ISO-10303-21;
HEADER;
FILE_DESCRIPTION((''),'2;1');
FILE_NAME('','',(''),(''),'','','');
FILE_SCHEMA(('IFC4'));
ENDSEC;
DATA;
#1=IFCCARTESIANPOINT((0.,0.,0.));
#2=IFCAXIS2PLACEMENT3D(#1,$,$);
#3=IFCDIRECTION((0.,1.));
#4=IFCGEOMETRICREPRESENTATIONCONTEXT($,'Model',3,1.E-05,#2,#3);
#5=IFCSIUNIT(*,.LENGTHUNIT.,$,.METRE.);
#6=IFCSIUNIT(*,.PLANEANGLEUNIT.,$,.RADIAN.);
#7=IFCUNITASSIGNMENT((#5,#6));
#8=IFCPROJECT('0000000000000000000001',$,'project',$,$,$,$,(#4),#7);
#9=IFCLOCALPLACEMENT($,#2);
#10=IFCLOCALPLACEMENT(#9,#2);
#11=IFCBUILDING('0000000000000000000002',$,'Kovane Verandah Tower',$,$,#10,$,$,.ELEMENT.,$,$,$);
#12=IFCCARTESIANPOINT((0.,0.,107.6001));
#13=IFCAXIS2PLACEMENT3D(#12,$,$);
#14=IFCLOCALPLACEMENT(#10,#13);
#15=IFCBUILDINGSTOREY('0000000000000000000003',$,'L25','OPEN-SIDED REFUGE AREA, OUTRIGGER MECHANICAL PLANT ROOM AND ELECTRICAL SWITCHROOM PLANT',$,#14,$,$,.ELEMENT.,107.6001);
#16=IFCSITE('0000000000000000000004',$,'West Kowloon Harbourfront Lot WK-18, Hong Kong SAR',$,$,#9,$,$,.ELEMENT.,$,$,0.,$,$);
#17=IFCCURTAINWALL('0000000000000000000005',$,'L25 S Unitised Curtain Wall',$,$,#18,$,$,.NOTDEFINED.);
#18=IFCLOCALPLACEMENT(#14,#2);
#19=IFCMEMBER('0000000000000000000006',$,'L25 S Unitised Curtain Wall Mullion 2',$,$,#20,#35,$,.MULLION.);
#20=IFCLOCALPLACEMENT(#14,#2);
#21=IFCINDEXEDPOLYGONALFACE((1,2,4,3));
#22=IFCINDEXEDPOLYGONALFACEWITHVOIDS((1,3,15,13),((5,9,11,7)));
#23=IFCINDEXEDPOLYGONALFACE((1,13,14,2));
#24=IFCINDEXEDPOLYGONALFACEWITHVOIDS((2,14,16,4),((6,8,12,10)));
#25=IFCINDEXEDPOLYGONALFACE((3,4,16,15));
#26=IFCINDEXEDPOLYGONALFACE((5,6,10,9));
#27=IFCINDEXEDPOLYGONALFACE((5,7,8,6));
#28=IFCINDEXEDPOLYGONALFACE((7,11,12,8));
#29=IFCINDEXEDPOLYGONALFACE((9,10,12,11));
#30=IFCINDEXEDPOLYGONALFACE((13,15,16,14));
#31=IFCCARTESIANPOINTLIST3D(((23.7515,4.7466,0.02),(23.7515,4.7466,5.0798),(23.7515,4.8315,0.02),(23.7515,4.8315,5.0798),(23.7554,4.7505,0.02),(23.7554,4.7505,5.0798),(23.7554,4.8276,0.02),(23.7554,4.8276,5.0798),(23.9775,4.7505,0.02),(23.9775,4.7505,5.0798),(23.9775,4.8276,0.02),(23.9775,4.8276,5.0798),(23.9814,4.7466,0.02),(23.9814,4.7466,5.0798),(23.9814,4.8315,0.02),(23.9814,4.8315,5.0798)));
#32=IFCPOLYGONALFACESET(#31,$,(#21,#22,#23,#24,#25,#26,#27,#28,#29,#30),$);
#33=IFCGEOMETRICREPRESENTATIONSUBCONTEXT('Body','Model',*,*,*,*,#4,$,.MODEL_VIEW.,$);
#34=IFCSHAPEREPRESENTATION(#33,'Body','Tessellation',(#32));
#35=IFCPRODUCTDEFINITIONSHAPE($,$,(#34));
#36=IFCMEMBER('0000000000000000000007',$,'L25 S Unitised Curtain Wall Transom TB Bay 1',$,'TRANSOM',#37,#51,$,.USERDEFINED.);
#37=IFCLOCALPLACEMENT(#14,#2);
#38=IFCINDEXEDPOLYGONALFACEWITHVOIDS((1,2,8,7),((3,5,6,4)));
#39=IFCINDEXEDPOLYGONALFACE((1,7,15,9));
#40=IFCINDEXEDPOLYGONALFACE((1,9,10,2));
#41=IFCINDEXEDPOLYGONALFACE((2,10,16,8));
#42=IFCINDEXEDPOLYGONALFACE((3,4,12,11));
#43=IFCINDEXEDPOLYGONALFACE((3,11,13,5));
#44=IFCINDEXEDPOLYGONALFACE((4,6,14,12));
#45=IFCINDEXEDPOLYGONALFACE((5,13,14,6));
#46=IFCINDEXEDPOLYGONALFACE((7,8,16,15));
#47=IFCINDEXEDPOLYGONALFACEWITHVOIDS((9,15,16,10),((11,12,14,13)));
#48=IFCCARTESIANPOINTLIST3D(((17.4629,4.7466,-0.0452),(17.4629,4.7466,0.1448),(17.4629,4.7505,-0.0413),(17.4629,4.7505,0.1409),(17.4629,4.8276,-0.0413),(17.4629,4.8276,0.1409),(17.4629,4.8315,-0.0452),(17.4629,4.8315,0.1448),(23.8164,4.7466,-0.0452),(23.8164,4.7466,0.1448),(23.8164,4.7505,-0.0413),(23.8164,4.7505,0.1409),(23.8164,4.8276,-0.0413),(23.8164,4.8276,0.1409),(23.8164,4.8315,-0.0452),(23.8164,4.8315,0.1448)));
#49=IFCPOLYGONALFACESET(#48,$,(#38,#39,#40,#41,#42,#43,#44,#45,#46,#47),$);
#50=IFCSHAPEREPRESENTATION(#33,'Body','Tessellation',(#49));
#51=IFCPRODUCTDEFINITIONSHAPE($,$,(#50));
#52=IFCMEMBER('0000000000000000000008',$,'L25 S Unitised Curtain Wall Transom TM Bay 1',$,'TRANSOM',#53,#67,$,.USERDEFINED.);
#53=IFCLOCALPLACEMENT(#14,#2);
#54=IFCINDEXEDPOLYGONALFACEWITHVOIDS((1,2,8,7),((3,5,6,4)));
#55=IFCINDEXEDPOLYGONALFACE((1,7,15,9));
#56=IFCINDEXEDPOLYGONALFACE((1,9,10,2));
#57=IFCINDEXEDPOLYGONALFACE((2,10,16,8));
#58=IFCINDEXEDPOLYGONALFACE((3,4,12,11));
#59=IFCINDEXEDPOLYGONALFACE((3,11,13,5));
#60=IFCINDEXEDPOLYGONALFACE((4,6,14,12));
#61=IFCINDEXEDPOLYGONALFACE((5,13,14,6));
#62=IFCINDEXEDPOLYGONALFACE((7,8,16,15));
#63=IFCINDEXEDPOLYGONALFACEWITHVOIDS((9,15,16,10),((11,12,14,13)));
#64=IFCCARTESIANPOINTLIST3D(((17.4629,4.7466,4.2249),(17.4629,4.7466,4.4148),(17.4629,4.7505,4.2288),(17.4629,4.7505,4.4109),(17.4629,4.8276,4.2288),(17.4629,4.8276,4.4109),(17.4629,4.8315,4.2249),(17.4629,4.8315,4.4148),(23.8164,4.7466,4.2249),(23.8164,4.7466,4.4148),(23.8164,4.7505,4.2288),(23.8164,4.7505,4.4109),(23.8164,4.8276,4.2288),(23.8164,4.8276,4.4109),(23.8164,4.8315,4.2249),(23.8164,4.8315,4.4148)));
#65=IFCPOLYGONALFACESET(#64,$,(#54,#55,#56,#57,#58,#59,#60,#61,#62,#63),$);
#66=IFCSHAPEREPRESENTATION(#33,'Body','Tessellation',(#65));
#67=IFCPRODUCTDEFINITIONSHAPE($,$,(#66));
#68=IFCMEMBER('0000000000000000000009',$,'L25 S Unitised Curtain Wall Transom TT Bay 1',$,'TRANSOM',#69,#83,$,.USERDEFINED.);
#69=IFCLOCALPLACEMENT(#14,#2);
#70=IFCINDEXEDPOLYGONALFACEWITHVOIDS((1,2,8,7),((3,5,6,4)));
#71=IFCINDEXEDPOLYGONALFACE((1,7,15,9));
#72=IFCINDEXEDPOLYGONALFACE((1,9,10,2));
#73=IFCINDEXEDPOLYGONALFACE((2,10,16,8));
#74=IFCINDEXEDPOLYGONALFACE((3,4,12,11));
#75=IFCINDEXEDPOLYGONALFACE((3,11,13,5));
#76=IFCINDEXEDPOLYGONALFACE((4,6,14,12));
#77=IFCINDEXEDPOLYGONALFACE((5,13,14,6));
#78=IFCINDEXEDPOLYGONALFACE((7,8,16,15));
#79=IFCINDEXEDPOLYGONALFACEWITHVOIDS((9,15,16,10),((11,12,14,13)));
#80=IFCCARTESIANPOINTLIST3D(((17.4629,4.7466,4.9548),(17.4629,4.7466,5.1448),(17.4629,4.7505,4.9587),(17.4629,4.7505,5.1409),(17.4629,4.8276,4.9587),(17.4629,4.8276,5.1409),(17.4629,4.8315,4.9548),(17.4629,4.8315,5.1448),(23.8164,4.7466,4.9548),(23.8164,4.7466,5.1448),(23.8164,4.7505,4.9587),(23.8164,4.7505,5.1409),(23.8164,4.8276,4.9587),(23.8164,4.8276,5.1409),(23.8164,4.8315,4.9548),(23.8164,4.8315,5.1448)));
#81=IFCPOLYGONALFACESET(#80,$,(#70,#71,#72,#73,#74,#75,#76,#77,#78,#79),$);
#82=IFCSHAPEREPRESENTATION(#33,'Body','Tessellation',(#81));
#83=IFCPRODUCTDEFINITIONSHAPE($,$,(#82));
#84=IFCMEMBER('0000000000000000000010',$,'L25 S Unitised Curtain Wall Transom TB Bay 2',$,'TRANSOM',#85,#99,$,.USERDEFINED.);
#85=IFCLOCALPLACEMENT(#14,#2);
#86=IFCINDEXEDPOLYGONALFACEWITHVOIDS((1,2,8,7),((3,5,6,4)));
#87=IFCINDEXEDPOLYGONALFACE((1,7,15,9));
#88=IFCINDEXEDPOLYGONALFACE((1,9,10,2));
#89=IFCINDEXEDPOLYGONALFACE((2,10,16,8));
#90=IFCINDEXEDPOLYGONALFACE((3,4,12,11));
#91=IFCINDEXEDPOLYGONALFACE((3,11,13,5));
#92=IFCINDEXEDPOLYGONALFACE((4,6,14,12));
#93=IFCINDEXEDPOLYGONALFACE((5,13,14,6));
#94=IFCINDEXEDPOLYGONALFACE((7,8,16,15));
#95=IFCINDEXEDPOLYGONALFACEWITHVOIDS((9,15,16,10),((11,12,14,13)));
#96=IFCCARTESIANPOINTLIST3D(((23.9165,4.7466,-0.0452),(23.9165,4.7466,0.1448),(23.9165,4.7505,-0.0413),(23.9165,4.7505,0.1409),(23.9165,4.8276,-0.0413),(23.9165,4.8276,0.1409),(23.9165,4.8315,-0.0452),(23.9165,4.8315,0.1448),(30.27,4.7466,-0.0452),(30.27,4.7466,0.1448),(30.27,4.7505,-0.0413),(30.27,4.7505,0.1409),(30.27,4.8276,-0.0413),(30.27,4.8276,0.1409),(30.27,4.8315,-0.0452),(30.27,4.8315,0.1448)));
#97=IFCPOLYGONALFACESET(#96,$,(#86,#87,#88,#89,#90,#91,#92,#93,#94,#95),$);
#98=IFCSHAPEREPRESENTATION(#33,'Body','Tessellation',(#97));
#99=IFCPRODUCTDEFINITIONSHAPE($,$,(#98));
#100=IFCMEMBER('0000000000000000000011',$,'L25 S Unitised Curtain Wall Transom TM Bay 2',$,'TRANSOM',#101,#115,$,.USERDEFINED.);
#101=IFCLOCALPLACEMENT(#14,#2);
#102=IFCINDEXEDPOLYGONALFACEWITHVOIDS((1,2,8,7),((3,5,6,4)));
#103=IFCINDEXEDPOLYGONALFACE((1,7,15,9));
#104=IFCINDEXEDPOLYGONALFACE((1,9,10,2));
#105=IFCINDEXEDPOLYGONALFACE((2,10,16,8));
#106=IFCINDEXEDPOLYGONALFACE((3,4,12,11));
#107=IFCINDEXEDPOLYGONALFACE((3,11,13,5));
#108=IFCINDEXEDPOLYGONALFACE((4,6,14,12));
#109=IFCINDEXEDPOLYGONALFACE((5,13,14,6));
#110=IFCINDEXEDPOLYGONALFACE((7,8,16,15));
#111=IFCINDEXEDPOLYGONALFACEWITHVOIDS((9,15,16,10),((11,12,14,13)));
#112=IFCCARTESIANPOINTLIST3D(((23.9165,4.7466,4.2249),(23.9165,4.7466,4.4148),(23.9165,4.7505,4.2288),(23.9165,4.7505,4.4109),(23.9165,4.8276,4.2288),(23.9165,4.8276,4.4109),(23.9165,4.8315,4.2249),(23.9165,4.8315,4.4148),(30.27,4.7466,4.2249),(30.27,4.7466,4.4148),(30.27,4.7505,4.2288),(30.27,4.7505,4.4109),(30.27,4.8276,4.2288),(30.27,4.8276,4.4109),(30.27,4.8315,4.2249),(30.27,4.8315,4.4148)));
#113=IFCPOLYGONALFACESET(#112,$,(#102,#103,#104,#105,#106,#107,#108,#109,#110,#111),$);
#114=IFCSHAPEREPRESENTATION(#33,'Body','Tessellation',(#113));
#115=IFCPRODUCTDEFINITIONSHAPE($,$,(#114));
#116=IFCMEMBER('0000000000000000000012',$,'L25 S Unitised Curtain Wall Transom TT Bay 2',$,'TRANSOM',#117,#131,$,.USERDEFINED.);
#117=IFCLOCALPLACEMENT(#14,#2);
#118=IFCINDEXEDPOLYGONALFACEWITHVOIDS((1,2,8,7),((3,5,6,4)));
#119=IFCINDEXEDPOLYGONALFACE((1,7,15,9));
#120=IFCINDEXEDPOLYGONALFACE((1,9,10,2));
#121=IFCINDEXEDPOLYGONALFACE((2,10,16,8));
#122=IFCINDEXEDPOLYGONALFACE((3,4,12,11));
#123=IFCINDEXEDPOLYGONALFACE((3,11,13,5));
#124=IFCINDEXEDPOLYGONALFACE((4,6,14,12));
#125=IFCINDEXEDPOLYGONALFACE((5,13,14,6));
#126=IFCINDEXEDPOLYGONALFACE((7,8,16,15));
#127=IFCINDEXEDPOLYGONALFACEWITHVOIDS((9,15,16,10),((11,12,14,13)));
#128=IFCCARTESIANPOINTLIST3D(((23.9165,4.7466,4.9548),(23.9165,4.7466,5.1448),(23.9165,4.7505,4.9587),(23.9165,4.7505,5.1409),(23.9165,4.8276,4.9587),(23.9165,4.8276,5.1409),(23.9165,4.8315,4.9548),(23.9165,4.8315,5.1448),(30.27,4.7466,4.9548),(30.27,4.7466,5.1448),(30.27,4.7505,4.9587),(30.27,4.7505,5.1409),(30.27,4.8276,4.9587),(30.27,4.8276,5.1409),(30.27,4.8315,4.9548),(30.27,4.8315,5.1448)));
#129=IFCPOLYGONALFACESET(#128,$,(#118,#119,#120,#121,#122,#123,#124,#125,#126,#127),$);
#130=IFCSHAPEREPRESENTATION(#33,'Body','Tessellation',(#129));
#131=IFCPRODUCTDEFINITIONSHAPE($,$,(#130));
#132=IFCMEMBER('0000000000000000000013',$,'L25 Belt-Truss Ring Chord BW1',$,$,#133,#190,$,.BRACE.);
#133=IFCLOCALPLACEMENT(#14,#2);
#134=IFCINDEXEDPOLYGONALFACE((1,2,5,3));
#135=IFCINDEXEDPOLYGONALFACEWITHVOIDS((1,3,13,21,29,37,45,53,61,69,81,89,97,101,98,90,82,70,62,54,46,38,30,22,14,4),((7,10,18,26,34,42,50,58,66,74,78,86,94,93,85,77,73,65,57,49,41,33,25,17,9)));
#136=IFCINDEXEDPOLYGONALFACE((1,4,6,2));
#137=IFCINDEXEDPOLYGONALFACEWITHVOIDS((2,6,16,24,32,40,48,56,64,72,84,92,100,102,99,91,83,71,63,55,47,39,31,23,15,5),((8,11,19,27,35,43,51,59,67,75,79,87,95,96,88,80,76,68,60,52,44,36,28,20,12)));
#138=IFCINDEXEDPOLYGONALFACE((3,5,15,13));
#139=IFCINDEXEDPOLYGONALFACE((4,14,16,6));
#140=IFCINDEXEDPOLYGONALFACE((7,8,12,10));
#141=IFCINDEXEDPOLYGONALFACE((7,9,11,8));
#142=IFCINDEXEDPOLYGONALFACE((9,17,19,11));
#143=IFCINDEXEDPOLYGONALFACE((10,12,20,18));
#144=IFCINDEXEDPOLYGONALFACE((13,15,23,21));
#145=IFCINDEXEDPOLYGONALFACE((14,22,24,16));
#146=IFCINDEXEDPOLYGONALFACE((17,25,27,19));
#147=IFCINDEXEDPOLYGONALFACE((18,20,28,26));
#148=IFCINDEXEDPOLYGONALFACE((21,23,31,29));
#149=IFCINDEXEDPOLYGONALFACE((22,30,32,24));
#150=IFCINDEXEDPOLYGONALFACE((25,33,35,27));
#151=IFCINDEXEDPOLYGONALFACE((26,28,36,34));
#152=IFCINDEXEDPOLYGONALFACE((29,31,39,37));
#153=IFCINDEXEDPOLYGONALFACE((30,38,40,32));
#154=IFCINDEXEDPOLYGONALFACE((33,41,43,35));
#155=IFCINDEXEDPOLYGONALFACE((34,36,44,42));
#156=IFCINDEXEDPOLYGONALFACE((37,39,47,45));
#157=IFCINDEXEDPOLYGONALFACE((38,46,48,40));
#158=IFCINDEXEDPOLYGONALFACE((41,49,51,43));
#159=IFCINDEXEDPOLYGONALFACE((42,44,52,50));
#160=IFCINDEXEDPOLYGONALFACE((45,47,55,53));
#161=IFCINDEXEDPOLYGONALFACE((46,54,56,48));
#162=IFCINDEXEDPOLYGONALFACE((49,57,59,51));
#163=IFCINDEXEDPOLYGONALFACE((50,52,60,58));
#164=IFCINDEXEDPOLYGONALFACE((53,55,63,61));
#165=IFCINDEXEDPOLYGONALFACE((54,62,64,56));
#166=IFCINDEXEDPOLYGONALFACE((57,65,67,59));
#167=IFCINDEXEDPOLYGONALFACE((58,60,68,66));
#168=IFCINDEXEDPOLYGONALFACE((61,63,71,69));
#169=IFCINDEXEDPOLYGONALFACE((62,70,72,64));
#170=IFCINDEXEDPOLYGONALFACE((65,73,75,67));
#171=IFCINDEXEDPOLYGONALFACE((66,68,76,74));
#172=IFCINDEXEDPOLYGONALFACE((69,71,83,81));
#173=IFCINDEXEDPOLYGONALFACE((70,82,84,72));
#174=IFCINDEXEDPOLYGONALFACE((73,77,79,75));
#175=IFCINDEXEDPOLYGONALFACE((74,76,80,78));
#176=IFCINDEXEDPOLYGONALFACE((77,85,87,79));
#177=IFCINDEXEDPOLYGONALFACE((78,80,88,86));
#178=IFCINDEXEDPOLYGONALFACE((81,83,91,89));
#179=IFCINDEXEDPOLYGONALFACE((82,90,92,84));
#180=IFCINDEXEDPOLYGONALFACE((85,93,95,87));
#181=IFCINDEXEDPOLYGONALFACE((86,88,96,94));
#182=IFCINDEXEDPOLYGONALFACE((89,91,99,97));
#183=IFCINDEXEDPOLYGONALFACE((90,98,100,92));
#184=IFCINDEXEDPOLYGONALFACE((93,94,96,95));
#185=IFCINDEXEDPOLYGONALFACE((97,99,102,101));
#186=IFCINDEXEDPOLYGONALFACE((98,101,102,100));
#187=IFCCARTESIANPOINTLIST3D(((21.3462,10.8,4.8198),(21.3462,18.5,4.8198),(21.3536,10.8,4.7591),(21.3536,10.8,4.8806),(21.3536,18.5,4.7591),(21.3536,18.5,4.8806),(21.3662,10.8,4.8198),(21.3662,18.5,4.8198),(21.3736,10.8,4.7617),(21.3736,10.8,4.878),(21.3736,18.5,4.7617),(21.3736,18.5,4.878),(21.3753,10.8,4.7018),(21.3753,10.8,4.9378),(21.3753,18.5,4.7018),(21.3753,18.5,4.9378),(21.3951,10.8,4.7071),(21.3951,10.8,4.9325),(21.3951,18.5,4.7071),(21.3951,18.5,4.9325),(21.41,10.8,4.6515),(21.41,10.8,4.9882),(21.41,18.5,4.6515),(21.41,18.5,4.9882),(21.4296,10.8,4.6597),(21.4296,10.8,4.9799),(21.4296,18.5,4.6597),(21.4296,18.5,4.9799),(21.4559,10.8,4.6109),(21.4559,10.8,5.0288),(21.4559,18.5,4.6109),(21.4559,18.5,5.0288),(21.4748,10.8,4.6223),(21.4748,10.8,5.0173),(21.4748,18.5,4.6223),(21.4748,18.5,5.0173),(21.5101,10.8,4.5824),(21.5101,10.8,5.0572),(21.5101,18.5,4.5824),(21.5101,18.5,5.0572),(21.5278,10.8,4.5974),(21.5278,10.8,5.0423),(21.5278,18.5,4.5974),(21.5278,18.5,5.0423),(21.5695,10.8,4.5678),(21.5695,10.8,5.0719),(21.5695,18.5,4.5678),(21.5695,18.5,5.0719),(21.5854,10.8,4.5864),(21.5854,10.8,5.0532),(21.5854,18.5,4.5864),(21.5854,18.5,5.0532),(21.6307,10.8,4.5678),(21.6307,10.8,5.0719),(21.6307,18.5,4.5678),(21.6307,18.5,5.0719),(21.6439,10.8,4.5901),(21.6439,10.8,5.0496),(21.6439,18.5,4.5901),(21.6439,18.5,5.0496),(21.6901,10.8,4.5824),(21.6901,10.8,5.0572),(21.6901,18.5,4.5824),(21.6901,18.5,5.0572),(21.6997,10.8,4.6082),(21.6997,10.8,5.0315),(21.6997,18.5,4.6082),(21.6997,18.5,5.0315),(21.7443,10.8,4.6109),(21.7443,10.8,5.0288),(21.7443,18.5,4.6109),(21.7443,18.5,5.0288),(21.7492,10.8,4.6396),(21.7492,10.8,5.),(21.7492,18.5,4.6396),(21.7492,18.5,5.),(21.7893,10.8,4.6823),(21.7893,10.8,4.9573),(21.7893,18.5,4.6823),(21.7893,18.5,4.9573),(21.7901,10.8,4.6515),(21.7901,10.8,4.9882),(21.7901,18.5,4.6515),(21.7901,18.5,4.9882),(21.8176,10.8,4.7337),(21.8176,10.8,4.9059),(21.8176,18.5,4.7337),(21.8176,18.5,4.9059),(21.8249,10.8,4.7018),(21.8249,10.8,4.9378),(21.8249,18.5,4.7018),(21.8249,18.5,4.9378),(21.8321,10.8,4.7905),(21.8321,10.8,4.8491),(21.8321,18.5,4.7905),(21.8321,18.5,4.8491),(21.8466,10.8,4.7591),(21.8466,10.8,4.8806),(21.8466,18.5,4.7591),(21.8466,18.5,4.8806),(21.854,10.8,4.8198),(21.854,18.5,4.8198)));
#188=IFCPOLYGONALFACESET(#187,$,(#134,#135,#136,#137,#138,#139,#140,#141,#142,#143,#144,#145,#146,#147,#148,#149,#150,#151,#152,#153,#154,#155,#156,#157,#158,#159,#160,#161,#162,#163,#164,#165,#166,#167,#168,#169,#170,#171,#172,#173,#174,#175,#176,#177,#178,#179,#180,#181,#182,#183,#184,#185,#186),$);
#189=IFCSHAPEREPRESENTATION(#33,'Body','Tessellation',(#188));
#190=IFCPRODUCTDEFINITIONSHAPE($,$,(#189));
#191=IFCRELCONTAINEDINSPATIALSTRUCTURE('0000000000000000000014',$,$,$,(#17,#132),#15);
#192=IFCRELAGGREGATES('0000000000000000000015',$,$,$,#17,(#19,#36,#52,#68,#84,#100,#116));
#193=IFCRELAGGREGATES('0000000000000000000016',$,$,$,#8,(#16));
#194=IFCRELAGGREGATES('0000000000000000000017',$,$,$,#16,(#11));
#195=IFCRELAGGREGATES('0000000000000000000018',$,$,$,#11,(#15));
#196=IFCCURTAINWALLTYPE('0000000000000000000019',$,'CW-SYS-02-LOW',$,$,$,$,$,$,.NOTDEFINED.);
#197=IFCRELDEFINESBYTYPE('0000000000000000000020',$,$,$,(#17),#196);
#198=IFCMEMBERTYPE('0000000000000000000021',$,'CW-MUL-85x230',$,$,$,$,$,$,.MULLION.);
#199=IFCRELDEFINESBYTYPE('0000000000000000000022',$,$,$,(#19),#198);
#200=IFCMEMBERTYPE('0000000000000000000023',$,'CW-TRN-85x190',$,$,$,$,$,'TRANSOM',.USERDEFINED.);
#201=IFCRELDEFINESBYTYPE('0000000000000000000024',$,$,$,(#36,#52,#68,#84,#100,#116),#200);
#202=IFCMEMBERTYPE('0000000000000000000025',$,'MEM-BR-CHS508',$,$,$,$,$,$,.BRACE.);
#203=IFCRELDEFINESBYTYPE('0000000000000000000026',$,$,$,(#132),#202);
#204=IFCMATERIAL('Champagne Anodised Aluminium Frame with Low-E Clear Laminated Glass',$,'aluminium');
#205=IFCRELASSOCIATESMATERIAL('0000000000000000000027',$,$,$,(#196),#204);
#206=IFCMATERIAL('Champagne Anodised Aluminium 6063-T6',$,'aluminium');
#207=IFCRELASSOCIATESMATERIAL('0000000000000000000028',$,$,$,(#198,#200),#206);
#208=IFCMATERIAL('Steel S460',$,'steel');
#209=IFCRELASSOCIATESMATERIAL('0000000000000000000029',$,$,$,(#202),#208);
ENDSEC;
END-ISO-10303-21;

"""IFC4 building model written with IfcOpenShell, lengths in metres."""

from ifc_helpers import new_model, si_unit, direction, frame, origin, origin_2d, place, context, subcontext, project, spatial, hollow_rectangle, hollow_circle, extrude, material, material_profile, profile_set, type_object, element, aggregate, save


model = new_model("IFC4")

# Units and contexts
model_context = context("Model", 3, precision=1e-05, world=origin(), true_north=direction((0.0, 1.0)))
body_context = subcontext(model_context, "Body", "Model", "MODEL_VIEW")
ifc_project = project(units=[si_unit("LENGTHUNIT", "METRE"), si_unit("PLANEANGLEUNIT", "RADIAN")], contexts=[model_context])

# Site, building, storey
site_placement = place(None, origin())
site = spatial("IfcSite", under=ifc_project, at=site_placement, Name="West Kowloon Harbourfront Lot WK-18, Hong Kong SAR", CompositionType="ELEMENT", RefElevation=0.0)
building_placement = place(site_placement, origin())
building = spatial("IfcBuilding", under=site, at=building_placement, Name="Kovane Verandah Tower", CompositionType="ELEMENT")
storey_placement = place(building_placement, frame((0.0, 0.0, 107.6001)))
storey = spatial("IfcBuildingStorey", under=building, at=storey_placement, Name="L25", Description="OPEN-SIDED REFUGE AREA, OUTRIGGER MECHANICAL PLANT ROOM AND ELECTRICAL SWITCHROOM PLANT", CompositionType="ELEMENT", Elevation=107.6001)

# Shared definitions
ifc_material_1 = material(Name="Steel S460", Category="steel")

# Curtain wall, members
ifc_material_2 = material(Name="Champagne Anodised Aluminium Frame with Low-E Clear Laminated Glass", Category="aluminium")
curtain_wall_type = type_object("IfcCurtainWallType", Name="CW-SYS-02-LOW", PredefinedType="NOTDEFINED", material=ifc_material_2)
curtain_wall_placement = place(storey_placement, origin())
curtain_wall = element("IfcCurtainWall", 1, at=curtain_wall_placement, inside=storey, type_object=curtain_wall_type, Name="L25 S Unitised Curtain Wall", PredefinedType="NOTDEFINED")
ifc_material_3 = material(Name="Champagne Anodised Aluminium 6063-T6", Category="aluminium")
ifc_material_profile_1 = material_profile(ifc_material_3, hollow_rectangle(XDim=0.085, YDim=0.23, WallThickness=0.0039, at=origin_2d()), Name="AL85x230x4")
ifc_profile_set_1 = profile_set([ifc_material_profile_1], Name="Champagne Anodised Aluminium 6063-T6")
member_type_1 = type_object("IfcMemberType", Name="CW-MUL-85x230", PredefinedType="MULLION", material=ifc_profile_set_1)
member_1_placement = place(storey_placement, frame((23.8665, 4.7891, 0.02), z_axis=(0.0, 0.0, 1.0), x_axis=(0.0, -1.0, 0.0)))
member_1 = element("IfcMember", 2, at=member_1_placement, type_object=member_type_1, Name="L25 S Unitised Curtain Wall Mullion 2", PredefinedType="MULLION", context=body_context, shape_type="SweptSolid", body=[
    extrude(hollow_rectangle(XDim=0.085, YDim=0.23, WallThickness=0.0039, at=origin_2d()), origin(), (0.0, 0.0, 1.0), 5.0598),
])
ifc_material_profile_2 = material_profile(ifc_material_3, hollow_rectangle(XDim=0.085, YDim=0.1899, WallThickness=0.0039, at=origin_2d()), Name="AL85x190x4")
ifc_profile_set_2 = profile_set([ifc_material_profile_2], Name="Champagne Anodised Aluminium 6063-T6")
member_type_2 = type_object("IfcMemberType", Name="CW-TRN-85x190", ElementType="TRANSOM", PredefinedType="USERDEFINED", material=ifc_profile_set_2)
member_2_placement = place(storey_placement, frame((17.4629, 4.7891, 0.0498), z_axis=(1.0, 0.0, 0.0), x_axis=(0.0, 1.0, 0.0)))
member_2 = element("IfcMember", 3, at=member_2_placement, type_object=member_type_2, Name="L25 S Unitised Curtain Wall Transom TB Bay 1", ObjectType="TRANSOM", PredefinedType="USERDEFINED", context=body_context, shape_type="SweptSolid", body=[
    extrude(hollow_rectangle(XDim=0.085, YDim=0.1899, WallThickness=0.0039, at=origin_2d()), origin(), (0.0, 0.0, 1.0), 6.3535),
])
member_3_placement = place(storey_placement, frame((17.4629, 4.7891, 4.3198), z_axis=(1.0, 0.0, 0.0), x_axis=(0.0, 1.0, 0.0)))
member_3 = element("IfcMember", 4, at=member_3_placement, type_object=member_type_2, Name="L25 S Unitised Curtain Wall Transom TM Bay 1", ObjectType="TRANSOM", PredefinedType="USERDEFINED", context=body_context, shape_type="SweptSolid", body=[
    extrude(hollow_rectangle(XDim=0.085, YDim=0.1899, WallThickness=0.0039, at=origin_2d()), origin(), (0.0, 0.0, 1.0), 6.3535),
])
member_4_placement = place(storey_placement, frame((17.4629, 4.7891, 5.0498), z_axis=(1.0, 0.0, 0.0), x_axis=(0.0, 1.0, 0.0)))
member_4 = element("IfcMember", 5, at=member_4_placement, type_object=member_type_2, Name="L25 S Unitised Curtain Wall Transom TT Bay 1", ObjectType="TRANSOM", PredefinedType="USERDEFINED", context=body_context, shape_type="SweptSolid", body=[
    extrude(hollow_rectangle(XDim=0.085, YDim=0.1899, WallThickness=0.0039, at=origin_2d()), origin(), (0.0, 0.0, 1.0), 6.3535),
])
member_5_placement = place(storey_placement, frame((23.9165, 4.7891, 0.0498), z_axis=(1.0, 0.0, 0.0), x_axis=(0.0, 1.0, 0.0)))
member_5 = element("IfcMember", 6, at=member_5_placement, type_object=member_type_2, Name="L25 S Unitised Curtain Wall Transom TB Bay 2", ObjectType="TRANSOM", PredefinedType="USERDEFINED", context=body_context, shape_type="SweptSolid", body=[
    extrude(hollow_rectangle(XDim=0.085, YDim=0.1899, WallThickness=0.0039, at=origin_2d()), origin(), (0.0, 0.0, 1.0), 6.3535),
])
member_6_placement = place(storey_placement, frame((23.9165, 4.7891, 4.3198), z_axis=(1.0, 0.0, 0.0), x_axis=(0.0, 1.0, 0.0)))
member_6 = element("IfcMember", 7, at=member_6_placement, type_object=member_type_2, Name="L25 S Unitised Curtain Wall Transom TM Bay 2", ObjectType="TRANSOM", PredefinedType="USERDEFINED", context=body_context, shape_type="SweptSolid", body=[
    extrude(hollow_rectangle(XDim=0.085, YDim=0.1899, WallThickness=0.0039, at=origin_2d()), origin(), (0.0, 0.0, 1.0), 6.3535),
])
member_7_placement = place(storey_placement, frame((23.9165, 4.7891, 5.0498), z_axis=(1.0, 0.0, 0.0), x_axis=(0.0, 1.0, 0.0)))
member_7 = element("IfcMember", 8, at=member_7_placement, type_object=member_type_2, Name="L25 S Unitised Curtain Wall Transom TT Bay 2", ObjectType="TRANSOM", PredefinedType="USERDEFINED", context=body_context, shape_type="SweptSolid", body=[
    extrude(hollow_rectangle(XDim=0.085, YDim=0.1899, WallThickness=0.0039, at=origin_2d()), origin(), (0.0, 0.0, 1.0), 6.3535),
])

# Member
ifc_material_profile_3 = material_profile(ifc_material_1, hollow_circle(Radius=0.2539, WallThickness=0.02, at=origin_2d()), Name="CHS508x20")
ifc_profile_set_3 = profile_set([ifc_material_profile_3], Name="Steel S460")
member_type_3 = type_object("IfcMemberType", Name="MEM-BR-CHS508", PredefinedType="BRACE", material=ifc_profile_set_3)
member_8_placement = place(storey_placement, frame((21.6001, 10.8, 4.8198), z_axis=(0.0, 1.0, 0.0), x_axis=(-1.0, 0.0, 0.0)))
element("IfcMember", 9, at=member_8_placement, inside=storey, type_object=member_type_3, Name="L25 Belt-Truss Ring Chord BW1", PredefinedType="BRACE", context=body_context, shape_type="SweptSolid", body=[
    extrude(hollow_circle(Radius=0.2539, WallThickness=0.02, at=origin_2d()), origin(), (0.0, 0.0, 1.0), 7.7),
])

aggregate(curtain_wall, [member_1, member_2, member_3, member_4, member_5, member_6, member_7])

save(model, "model.ifc")
